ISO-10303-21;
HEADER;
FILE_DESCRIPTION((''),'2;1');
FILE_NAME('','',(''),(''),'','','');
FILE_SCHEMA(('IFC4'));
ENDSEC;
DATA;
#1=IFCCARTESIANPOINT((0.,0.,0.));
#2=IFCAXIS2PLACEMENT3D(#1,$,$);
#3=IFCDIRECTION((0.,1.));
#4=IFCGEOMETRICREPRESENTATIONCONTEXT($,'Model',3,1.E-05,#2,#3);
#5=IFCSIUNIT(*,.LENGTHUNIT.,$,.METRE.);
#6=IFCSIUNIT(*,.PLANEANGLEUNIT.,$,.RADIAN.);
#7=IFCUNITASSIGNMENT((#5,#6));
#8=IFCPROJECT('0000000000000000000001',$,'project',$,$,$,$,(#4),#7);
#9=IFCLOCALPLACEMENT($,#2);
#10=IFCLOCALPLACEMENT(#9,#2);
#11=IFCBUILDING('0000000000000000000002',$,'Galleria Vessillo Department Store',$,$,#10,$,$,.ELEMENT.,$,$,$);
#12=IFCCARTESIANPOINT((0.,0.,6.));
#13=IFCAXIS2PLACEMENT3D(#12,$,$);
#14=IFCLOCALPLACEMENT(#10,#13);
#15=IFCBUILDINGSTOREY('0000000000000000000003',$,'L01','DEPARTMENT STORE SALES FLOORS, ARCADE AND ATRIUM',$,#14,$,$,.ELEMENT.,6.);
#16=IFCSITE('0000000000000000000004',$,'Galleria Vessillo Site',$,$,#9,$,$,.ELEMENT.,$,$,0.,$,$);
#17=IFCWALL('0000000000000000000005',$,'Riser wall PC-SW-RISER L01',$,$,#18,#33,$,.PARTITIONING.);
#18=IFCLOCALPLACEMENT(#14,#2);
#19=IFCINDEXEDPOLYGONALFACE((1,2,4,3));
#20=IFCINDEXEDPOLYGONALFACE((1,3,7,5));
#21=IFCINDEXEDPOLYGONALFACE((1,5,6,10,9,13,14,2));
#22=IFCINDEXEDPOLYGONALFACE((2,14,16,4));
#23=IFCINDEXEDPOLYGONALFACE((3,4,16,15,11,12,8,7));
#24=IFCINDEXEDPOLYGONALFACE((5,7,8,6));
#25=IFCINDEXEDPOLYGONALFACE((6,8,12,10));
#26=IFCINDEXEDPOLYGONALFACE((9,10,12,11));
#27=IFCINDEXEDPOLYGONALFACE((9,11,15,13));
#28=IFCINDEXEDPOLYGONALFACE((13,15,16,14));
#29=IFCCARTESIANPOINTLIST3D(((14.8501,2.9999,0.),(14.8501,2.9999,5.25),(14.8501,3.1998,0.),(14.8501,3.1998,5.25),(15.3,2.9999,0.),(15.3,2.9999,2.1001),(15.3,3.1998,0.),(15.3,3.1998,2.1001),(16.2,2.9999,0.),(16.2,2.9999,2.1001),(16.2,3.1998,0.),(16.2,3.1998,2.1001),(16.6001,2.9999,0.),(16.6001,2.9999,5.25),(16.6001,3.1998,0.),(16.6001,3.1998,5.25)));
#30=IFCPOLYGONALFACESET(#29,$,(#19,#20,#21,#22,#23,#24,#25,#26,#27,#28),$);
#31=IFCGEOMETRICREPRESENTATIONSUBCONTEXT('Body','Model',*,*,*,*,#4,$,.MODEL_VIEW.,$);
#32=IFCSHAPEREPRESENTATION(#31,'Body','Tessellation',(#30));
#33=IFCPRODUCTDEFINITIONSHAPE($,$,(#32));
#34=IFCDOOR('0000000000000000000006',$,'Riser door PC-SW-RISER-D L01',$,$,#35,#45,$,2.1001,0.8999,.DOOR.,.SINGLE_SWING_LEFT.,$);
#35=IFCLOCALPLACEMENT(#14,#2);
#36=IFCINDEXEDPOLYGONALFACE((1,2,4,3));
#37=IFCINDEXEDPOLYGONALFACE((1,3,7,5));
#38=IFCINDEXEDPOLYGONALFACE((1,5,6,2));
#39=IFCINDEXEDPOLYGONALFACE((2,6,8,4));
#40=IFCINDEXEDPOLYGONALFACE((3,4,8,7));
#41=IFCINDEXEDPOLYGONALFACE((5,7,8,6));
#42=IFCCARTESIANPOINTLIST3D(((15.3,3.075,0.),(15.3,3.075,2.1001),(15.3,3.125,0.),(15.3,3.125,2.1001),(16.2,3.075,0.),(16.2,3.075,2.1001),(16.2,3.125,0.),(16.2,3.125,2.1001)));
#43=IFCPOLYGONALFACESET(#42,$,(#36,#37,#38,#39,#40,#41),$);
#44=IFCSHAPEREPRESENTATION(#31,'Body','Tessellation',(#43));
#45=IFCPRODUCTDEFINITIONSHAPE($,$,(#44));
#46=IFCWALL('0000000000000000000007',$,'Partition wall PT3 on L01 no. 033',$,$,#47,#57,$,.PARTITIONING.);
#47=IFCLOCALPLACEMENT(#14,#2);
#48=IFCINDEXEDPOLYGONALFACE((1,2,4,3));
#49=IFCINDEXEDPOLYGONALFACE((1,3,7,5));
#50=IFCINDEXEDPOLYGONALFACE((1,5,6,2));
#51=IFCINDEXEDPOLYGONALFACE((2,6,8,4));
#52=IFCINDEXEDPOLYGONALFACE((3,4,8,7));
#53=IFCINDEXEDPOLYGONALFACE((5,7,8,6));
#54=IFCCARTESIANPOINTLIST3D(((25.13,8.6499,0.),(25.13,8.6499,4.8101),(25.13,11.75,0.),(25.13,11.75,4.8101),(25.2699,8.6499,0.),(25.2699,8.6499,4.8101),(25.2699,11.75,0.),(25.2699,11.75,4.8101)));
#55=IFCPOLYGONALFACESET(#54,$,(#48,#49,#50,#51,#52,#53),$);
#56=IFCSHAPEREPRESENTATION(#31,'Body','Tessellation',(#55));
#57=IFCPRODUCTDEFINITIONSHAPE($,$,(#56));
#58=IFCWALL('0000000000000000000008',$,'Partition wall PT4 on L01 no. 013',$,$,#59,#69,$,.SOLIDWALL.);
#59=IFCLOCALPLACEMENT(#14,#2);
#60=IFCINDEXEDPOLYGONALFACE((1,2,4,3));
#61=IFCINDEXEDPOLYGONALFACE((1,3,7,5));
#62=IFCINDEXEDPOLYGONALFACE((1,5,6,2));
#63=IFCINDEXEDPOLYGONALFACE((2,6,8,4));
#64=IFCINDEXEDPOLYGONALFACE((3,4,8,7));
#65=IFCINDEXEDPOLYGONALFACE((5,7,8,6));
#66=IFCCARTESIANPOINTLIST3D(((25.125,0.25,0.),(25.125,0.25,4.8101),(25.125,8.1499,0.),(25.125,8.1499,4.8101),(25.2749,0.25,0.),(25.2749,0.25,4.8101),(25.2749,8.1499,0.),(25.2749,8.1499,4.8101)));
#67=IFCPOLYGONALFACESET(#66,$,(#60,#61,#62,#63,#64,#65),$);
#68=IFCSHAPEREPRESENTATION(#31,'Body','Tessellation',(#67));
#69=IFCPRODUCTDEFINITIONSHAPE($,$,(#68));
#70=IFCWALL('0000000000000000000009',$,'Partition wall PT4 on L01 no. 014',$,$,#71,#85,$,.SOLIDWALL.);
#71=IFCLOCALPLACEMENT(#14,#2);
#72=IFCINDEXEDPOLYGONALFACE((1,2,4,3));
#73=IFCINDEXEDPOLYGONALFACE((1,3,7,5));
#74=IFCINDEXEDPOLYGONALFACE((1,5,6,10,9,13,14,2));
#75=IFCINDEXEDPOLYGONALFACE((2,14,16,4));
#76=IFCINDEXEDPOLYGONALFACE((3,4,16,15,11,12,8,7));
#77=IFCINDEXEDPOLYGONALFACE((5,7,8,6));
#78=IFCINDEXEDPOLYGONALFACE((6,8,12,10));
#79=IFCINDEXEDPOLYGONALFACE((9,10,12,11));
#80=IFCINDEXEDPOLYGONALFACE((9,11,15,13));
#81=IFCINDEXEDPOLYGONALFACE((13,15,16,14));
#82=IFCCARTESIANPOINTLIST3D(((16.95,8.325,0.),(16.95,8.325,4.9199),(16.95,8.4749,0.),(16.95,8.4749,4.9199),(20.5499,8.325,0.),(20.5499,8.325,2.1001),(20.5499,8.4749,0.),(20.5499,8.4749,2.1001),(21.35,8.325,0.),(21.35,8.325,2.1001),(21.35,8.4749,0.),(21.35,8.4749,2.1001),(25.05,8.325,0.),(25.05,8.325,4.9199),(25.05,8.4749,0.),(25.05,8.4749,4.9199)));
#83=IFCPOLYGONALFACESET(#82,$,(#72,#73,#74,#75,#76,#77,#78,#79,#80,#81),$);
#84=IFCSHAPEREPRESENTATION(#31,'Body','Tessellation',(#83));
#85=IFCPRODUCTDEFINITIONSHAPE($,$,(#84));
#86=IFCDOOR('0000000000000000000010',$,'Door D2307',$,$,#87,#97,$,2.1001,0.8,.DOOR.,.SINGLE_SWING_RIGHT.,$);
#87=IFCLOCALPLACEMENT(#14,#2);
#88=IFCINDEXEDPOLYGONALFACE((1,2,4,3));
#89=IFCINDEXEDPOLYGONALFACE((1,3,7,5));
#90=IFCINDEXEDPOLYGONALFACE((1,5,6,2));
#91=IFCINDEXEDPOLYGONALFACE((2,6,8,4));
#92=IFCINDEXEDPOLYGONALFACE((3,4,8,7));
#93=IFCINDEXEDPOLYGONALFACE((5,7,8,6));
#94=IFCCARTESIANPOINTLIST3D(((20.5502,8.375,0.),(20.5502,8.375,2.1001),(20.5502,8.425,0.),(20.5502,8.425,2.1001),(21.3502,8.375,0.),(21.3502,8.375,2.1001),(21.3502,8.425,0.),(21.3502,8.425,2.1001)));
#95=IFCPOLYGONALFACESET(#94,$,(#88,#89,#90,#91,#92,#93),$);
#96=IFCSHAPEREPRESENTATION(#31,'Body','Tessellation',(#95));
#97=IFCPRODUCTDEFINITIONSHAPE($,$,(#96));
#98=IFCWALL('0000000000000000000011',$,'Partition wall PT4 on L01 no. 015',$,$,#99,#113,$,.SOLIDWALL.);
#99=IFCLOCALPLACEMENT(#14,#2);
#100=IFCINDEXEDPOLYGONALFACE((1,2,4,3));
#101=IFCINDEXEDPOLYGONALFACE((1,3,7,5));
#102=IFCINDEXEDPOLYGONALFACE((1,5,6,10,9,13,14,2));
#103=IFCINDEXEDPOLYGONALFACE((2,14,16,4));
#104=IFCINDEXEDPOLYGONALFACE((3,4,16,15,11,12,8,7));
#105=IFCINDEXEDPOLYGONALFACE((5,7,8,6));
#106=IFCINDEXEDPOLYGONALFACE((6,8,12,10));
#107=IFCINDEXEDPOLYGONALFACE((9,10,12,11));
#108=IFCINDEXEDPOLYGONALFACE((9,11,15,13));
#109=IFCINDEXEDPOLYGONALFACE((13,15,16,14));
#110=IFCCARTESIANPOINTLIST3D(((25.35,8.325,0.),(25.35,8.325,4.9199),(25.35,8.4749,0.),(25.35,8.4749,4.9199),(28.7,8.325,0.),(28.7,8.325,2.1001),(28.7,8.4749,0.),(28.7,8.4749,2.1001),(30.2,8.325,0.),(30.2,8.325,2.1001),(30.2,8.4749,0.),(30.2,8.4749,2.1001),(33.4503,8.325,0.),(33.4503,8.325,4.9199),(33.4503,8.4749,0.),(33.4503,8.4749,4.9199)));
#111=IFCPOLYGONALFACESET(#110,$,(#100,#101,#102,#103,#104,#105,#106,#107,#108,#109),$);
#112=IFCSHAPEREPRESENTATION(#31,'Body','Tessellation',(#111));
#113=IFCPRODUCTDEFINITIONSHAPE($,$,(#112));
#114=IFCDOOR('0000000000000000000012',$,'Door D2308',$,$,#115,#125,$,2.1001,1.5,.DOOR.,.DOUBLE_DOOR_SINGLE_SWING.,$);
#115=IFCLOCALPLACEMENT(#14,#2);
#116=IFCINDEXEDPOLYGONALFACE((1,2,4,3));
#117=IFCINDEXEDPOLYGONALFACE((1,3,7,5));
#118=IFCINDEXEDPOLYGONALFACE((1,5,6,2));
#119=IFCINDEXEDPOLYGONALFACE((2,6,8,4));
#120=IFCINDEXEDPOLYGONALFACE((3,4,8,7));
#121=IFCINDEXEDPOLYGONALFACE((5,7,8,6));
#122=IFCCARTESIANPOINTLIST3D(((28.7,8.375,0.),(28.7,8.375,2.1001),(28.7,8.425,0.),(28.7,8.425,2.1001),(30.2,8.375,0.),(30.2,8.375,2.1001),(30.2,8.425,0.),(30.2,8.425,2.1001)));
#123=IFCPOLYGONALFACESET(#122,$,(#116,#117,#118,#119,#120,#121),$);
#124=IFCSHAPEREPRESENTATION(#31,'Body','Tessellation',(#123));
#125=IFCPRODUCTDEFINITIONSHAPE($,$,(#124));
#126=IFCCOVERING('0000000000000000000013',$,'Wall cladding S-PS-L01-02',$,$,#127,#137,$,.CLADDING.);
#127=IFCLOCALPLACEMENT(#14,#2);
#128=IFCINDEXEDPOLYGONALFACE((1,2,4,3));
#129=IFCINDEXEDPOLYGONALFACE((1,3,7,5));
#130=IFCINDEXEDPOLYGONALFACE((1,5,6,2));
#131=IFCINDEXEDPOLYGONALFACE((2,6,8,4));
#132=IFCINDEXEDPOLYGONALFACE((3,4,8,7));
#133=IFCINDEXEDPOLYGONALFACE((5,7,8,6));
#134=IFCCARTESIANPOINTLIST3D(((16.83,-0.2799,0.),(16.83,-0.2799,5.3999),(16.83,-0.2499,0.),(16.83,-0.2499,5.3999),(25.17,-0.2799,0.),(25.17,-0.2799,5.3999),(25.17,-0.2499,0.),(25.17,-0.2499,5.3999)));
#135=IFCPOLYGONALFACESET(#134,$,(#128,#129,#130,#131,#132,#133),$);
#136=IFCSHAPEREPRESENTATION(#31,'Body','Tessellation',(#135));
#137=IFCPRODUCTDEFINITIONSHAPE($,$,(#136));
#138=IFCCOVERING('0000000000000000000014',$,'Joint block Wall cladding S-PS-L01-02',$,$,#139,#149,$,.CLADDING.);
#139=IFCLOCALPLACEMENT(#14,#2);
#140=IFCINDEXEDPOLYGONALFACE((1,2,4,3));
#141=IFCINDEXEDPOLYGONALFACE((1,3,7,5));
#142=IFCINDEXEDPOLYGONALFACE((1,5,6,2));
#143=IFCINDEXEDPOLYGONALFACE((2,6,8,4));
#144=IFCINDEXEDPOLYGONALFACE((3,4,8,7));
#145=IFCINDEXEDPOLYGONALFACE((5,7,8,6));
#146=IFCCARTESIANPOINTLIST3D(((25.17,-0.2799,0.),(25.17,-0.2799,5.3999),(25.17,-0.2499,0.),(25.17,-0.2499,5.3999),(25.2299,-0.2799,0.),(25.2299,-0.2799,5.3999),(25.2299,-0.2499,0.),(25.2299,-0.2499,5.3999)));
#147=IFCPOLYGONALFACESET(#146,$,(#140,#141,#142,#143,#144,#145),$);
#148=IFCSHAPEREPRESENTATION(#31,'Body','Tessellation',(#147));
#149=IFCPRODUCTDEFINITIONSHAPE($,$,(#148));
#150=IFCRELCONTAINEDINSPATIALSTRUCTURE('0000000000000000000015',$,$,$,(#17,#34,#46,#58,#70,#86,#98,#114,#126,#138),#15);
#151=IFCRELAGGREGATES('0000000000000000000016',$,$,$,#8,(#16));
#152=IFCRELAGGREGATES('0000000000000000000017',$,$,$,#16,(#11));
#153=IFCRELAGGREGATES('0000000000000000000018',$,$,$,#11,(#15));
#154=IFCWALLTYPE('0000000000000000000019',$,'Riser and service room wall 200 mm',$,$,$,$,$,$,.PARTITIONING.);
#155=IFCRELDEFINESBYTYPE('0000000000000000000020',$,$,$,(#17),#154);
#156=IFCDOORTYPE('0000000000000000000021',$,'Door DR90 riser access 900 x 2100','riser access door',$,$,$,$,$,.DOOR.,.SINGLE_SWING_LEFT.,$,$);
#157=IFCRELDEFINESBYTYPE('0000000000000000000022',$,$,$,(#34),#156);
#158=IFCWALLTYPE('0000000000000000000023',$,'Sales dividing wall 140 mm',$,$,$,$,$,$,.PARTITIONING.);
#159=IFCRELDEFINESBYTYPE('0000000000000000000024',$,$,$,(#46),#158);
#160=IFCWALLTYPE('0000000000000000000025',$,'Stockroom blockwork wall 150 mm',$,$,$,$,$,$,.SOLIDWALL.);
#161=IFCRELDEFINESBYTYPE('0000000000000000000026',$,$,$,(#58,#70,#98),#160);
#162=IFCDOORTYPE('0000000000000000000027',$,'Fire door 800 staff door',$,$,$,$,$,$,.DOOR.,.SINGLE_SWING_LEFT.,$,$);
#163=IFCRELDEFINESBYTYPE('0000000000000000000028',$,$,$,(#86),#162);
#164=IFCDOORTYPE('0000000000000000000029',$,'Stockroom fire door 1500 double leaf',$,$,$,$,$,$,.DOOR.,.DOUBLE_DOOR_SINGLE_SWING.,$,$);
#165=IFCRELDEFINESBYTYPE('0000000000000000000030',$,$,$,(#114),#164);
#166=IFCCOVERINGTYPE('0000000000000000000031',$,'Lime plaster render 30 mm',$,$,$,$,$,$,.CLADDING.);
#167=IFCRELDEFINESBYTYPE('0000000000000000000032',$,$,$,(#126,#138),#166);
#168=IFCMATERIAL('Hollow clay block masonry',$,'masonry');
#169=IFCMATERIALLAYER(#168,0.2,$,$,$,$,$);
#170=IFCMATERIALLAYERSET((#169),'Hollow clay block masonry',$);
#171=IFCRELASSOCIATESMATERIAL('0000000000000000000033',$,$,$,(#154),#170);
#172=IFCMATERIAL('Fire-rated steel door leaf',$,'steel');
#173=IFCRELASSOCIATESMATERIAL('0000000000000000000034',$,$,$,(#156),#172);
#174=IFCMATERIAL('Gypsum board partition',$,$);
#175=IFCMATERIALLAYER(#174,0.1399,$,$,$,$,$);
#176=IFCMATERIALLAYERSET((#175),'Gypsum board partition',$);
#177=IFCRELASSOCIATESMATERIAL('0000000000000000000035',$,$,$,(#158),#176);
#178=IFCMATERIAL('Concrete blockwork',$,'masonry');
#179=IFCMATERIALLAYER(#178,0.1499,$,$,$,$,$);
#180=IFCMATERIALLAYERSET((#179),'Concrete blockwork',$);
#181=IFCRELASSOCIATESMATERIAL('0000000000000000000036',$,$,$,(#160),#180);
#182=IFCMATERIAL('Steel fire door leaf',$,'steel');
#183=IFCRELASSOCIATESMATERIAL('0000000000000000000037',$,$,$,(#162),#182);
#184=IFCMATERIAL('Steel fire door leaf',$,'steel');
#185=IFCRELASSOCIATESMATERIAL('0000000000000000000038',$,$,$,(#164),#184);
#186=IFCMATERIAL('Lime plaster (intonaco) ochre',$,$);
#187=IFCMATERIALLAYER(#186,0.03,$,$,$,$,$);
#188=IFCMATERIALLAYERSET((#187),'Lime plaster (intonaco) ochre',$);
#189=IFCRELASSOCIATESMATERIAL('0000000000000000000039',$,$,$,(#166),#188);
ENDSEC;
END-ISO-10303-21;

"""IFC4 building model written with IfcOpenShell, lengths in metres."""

from ifc_helpers import new_model, si_unit, direction, frame, frame_2d, origin, origin_2d, place, context, subcontext, project, spatial, rectangle, extrude, material, layer, layer_set, type_object, element, fill, save


model = new_model("IFC4")

# Units and contexts
model_context = context("Model", 3, precision=1e-05, world=origin(), true_north=direction((0.0, 1.0)))
body_context = subcontext(model_context, "Body", "Model", "MODEL_VIEW")
ifc_project = project(units=[si_unit("LENGTHUNIT", "METRE"), si_unit("PLANEANGLEUNIT", "RADIAN")], contexts=[model_context])

# Site, building, storey
site_placement = place(None, origin())
site = spatial("IfcSite", under=ifc_project, at=site_placement, Name="Galleria Vessillo Site", CompositionType="ELEMENT", RefElevation=0.0)
building_placement = place(site_placement, origin())
building = spatial("IfcBuilding", under=site, at=building_placement, Name="Galleria Vessillo Department Store", CompositionType="ELEMENT")
storey_placement = place(building_placement, frame((0.0, 0.0, 6.0)))
storey = spatial("IfcBuildingStorey", under=building, at=storey_placement, Name="L01", Description="DEPARTMENT STORE SALES FLOORS, ARCADE AND ATRIUM", CompositionType="ELEMENT", Elevation=6.0)

# Wall, opening, door
ifc_material_1 = material(Name="Hollow clay block masonry", Category="masonry")
ifc_layer_1 = layer(ifc_material_1, 0.2)
ifc_layer_set_1 = layer_set([ifc_layer_1], Name="Hollow clay block masonry")
wall_type_1 = type_object("IfcWallType", Name="Riser and service room wall 200 mm", PredefinedType="PARTITIONING", material=ifc_layer_set_1)
wall_1_placement = place(storey_placement, frame((14.8501, 3.0999, 0.0), z_axis=(0.0, 0.0, 1.0), x_axis=(1.0, 0.0, 0.0)))
wall_1 = element("IfcWall", 1, at=wall_1_placement, inside=storey, type_object=wall_type_1, Name="Riser wall PC-SW-RISER L01", PredefinedType="PARTITIONING", context=body_context, shape_type="SweptSolid", body=[
    extrude(rectangle(XDim=1.75, YDim=0.2, at=frame_2d((0.875, 0.0))), origin(), (0.0, 0.0, 1.0), 5.25),
])
opening_1_placement = place(wall_1_placement, frame((0.45, 0.0, 0.0)))
opening_1 = element("IfcOpeningElement", 2, at=opening_1_placement, cuts=wall_1, PredefinedType="OPENING", context=body_context, shape_type="SweptSolid", body=[
    extrude(rectangle(XDim=0.8999, YDim=2.1001, at=frame_2d((0.45, 1.05))), frame((0.0, 0.1099, 0.0), z_axis=(0.0, -1.0, 0.0), x_axis=(1.0, 0.0, 0.0)), (0.0, 0.0, 1.0), 0.22),
])
ifc_material_2 = material(Name="Fire-rated steel door leaf", Category="steel")
door_type_1 = type_object("IfcDoorType", Name="Door DR90 riser access 900 x 2100", Description="riser access door", OperationType="SINGLE_SWING_LEFT", PredefinedType="DOOR", material=ifc_material_2)
door_1_placement = place(opening_1_placement, frame((0.8999, 0.0, 0.0), z_axis=(0.0, 0.0, 1.0), x_axis=(-1.0, 0.0, 0.0)))
door_1 = element("IfcDoor", 3, at=door_1_placement, inside=storey, type_object=door_type_1, Name="Riser door PC-SW-RISER-D L01", OperationType="SINGLE_SWING_LEFT", OverallHeight=2.1001, OverallWidth=0.8999, PredefinedType="DOOR", context=body_context, shape_type="SweptSolid", body=[
    extrude(rectangle(XDim=0.8999, YDim=2.1001, at=frame_2d((0.45, 1.05))), frame((0.0, 0.0249, 0.0), z_axis=(0.0, -1.0, 0.0), x_axis=(1.0, 0.0, 0.0)), (0.0, 0.0, 1.0), 0.05),
])
fill(opening_1, door_1)

# Walls
ifc_material_3 = material(Name="Gypsum board partition")
ifc_layer_2 = layer(ifc_material_3, 0.1399)
ifc_layer_set_2 = layer_set([ifc_layer_2], Name="Gypsum board partition")
wall_type_2 = type_object("IfcWallType", Name="Sales dividing wall 140 mm", PredefinedType="PARTITIONING", material=ifc_layer_set_2)
wall_2_placement = place(storey_placement, frame((25.2, 8.6499, 0.0), z_axis=(0.0, 0.0, 1.0), x_axis=(0.0, 1.0, 0.0)))
element("IfcWall", 4, at=wall_2_placement, inside=storey, type_object=wall_type_2, Name="Partition wall PT3 on L01 no. 033", PredefinedType="PARTITIONING", context=body_context, shape_type="SweptSolid", body=[
    extrude(rectangle(XDim=3.1001, YDim=0.1399, at=frame_2d((1.55, 0.0))), origin(), (0.0, 0.0, 1.0), 4.8101),
])
ifc_material_4 = material(Name="Concrete blockwork", Category="masonry")
ifc_layer_3 = layer(ifc_material_4, 0.1499)
ifc_layer_set_3 = layer_set([ifc_layer_3], Name="Concrete blockwork")
wall_type_3 = type_object("IfcWallType", Name="Stockroom blockwork wall 150 mm", PredefinedType="SOLIDWALL", material=ifc_layer_set_3)
wall_3_placement = place(storey_placement, frame((25.2, 0.25, 0.0), z_axis=(0.0, 0.0, 1.0), x_axis=(0.0, 1.0, 0.0)))
element("IfcWall", 5, at=wall_3_placement, inside=storey, type_object=wall_type_3, Name="Partition wall PT4 on L01 no. 013", PredefinedType="SOLIDWALL", context=body_context, shape_type="SweptSolid", body=[
    extrude(rectangle(XDim=7.8999, YDim=0.1499, at=frame_2d((3.95, 0.0))), origin(), (0.0, 0.0, 1.0), 4.8101),
])

# Walls, openings, doors
wall_4_placement = place(storey_placement, frame((16.95, 8.3999, 0.0), z_axis=(0.0, 0.0, 1.0), x_axis=(1.0, 0.0, 0.0)))
wall_4 = element("IfcWall", 6, at=wall_4_placement, inside=storey, type_object=wall_type_3, Name="Partition wall PT4 on L01 no. 014", PredefinedType="SOLIDWALL", context=body_context, shape_type="SweptSolid", body=[
    extrude(rectangle(XDim=8.1001, YDim=0.1499, at=frame_2d((4.05, 0.0))), origin(), (0.0, 0.0, 1.0), 4.9199),
])
opening_2_placement = place(wall_4_placement, frame((3.6001, 0.0, 0.0)))
opening_2 = element("IfcOpeningElement", 7, at=opening_2_placement, cuts=wall_4, PredefinedType="OPENING", context=body_context, shape_type="SweptSolid", body=[
    extrude(rectangle(XDim=0.8, YDim=2.1001, at=frame_2d((0.3999, 1.05))), frame((0.0, 0.085, 0.0), z_axis=(0.0, -1.0, 0.0), x_axis=(1.0, 0.0, 0.0)), (0.0, 0.0, 1.0), 0.1699),
])
ifc_material_5 = material(Name="Steel fire door leaf", Category="steel")
door_type_2 = type_object("IfcDoorType", Name="Fire door 800 staff door", OperationType="SINGLE_SWING_LEFT", PredefinedType="DOOR", material=ifc_material_5)
door_2_placement = place(opening_2_placement, frame((0.8, 0.0, 0.0), z_axis=(0.0, 0.0, 1.0), x_axis=(-1.0, 0.0, 0.0)))
door_2 = element("IfcDoor", 8, at=door_2_placement, inside=storey, type_object=door_type_2, Name="Door D2307", OperationType="SINGLE_SWING_RIGHT", OverallHeight=2.1001, OverallWidth=0.8, PredefinedType="DOOR", context=body_context, shape_type="SweptSolid", body=[
    extrude(rectangle(XDim=0.8, YDim=2.1001, at=frame_2d((0.3999, 1.05))), frame((0.0, 0.0249, 0.0), z_axis=(0.0, -1.0, 0.0), x_axis=(1.0, 0.0, 0.0)), (0.0, 0.0, 1.0), 0.05),
])
fill(opening_2, door_2)
wall_5_placement = place(storey_placement, frame((25.3499, 8.3999, 0.0), z_axis=(0.0, 0.0, 1.0), x_axis=(1.0, 0.0, 0.0)))
wall_5 = element("IfcWall", 9, at=wall_5_placement, inside=storey, type_object=wall_type_3, Name="Partition wall PT4 on L01 no. 015", PredefinedType="SOLIDWALL", context=body_context, shape_type="SweptSolid", body=[
    extrude(rectangle(XDim=8.1003, YDim=0.1499, at=frame_2d((4.0503, 0.0))), origin(), (0.0, 0.0, 1.0), 4.9199),
])
opening_3_placement = place(wall_5_placement, frame((3.3501, 0.0, 0.0)))
opening_3 = element("IfcOpeningElement", 10, at=opening_3_placement, cuts=wall_5, PredefinedType="OPENING", context=body_context, shape_type="SweptSolid", body=[
    extrude(rectangle(XDim=1.5, YDim=2.1001, at=frame_2d((0.75, 1.05))), frame((0.0, 0.085, 0.0), z_axis=(0.0, -1.0, 0.0), x_axis=(1.0, 0.0, 0.0)), (0.0, 0.0, 1.0), 0.1699),
])
ifc_material_6 = material(Name="Steel fire door leaf", Category="steel")
door_type_3 = type_object("IfcDoorType", Name="Stockroom fire door 1500 double leaf", OperationType="DOUBLE_DOOR_SINGLE_SWING", PredefinedType="DOOR", material=ifc_material_6)
door_3_placement = place(opening_3_placement, frame((1.5, 0.0, 0.0), z_axis=(0.0, 0.0, 1.0), x_axis=(-1.0, 0.0, 0.0)))
door_3 = element("IfcDoor", 11, at=door_3_placement, inside=storey, type_object=door_type_3, Name="Door D2308", OperationType="DOUBLE_DOOR_SINGLE_SWING", OverallHeight=2.1001, OverallWidth=1.5, PredefinedType="DOOR", context=body_context, shape_type="SweptSolid", body=[
    extrude(rectangle(XDim=1.5, YDim=2.1001, at=frame_2d((0.75, 1.05))), frame((0.0, 0.0249, 0.0), z_axis=(0.0, -1.0, 0.0), x_axis=(1.0, 0.0, 0.0)), (0.0, 0.0, 1.0), 0.05),
])
fill(opening_3, door_3)

# Coverings
ifc_material_7 = material(Name="Lime plaster (intonaco) ochre")
ifc_layer_4 = layer(ifc_material_7, 0.03)
ifc_layer_set_4 = layer_set([ifc_layer_4], Name="Lime plaster (intonaco) ochre")
covering_type = type_object("IfcCoveringType", Name="Lime plaster render 30 mm", PredefinedType="CLADDING", material=ifc_layer_set_4)
covering_1_placement = place(storey_placement, frame((21.0, -0.2649, 0.0), z_axis=(0.0, 0.0, 1.0), x_axis=(1.0, 0.0, 0.0)))
element("IfcCovering", 12, at=covering_1_placement, inside=storey, type_object=covering_type, Name="Wall cladding S-PS-L01-02", PredefinedType="CLADDING", context=body_context, shape_type="SweptSolid", body=[
    extrude(rectangle(XDim=8.3401, YDim=0.03, at=origin_2d()), origin(), (0.0, 0.0, 1.0), 5.3999),
])
covering_2_placement = place(storey_placement, frame((25.2, -0.2649, 0.0), z_axis=(0.0, 0.0, 1.0), x_axis=(1.0, 0.0, 0.0)))
element("IfcCovering", 13, at=covering_2_placement, inside=storey, type_object=covering_type, Name="Joint block Wall cladding S-PS-L01-02", PredefinedType="CLADDING", context=body_context, shape_type="SweptSolid", body=[
    extrude(rectangle(XDim=0.0598, YDim=0.03, at=origin_2d()), origin(), (0.0, 0.0, 1.0), 5.3999),
])

save(model, "model.ifc")
